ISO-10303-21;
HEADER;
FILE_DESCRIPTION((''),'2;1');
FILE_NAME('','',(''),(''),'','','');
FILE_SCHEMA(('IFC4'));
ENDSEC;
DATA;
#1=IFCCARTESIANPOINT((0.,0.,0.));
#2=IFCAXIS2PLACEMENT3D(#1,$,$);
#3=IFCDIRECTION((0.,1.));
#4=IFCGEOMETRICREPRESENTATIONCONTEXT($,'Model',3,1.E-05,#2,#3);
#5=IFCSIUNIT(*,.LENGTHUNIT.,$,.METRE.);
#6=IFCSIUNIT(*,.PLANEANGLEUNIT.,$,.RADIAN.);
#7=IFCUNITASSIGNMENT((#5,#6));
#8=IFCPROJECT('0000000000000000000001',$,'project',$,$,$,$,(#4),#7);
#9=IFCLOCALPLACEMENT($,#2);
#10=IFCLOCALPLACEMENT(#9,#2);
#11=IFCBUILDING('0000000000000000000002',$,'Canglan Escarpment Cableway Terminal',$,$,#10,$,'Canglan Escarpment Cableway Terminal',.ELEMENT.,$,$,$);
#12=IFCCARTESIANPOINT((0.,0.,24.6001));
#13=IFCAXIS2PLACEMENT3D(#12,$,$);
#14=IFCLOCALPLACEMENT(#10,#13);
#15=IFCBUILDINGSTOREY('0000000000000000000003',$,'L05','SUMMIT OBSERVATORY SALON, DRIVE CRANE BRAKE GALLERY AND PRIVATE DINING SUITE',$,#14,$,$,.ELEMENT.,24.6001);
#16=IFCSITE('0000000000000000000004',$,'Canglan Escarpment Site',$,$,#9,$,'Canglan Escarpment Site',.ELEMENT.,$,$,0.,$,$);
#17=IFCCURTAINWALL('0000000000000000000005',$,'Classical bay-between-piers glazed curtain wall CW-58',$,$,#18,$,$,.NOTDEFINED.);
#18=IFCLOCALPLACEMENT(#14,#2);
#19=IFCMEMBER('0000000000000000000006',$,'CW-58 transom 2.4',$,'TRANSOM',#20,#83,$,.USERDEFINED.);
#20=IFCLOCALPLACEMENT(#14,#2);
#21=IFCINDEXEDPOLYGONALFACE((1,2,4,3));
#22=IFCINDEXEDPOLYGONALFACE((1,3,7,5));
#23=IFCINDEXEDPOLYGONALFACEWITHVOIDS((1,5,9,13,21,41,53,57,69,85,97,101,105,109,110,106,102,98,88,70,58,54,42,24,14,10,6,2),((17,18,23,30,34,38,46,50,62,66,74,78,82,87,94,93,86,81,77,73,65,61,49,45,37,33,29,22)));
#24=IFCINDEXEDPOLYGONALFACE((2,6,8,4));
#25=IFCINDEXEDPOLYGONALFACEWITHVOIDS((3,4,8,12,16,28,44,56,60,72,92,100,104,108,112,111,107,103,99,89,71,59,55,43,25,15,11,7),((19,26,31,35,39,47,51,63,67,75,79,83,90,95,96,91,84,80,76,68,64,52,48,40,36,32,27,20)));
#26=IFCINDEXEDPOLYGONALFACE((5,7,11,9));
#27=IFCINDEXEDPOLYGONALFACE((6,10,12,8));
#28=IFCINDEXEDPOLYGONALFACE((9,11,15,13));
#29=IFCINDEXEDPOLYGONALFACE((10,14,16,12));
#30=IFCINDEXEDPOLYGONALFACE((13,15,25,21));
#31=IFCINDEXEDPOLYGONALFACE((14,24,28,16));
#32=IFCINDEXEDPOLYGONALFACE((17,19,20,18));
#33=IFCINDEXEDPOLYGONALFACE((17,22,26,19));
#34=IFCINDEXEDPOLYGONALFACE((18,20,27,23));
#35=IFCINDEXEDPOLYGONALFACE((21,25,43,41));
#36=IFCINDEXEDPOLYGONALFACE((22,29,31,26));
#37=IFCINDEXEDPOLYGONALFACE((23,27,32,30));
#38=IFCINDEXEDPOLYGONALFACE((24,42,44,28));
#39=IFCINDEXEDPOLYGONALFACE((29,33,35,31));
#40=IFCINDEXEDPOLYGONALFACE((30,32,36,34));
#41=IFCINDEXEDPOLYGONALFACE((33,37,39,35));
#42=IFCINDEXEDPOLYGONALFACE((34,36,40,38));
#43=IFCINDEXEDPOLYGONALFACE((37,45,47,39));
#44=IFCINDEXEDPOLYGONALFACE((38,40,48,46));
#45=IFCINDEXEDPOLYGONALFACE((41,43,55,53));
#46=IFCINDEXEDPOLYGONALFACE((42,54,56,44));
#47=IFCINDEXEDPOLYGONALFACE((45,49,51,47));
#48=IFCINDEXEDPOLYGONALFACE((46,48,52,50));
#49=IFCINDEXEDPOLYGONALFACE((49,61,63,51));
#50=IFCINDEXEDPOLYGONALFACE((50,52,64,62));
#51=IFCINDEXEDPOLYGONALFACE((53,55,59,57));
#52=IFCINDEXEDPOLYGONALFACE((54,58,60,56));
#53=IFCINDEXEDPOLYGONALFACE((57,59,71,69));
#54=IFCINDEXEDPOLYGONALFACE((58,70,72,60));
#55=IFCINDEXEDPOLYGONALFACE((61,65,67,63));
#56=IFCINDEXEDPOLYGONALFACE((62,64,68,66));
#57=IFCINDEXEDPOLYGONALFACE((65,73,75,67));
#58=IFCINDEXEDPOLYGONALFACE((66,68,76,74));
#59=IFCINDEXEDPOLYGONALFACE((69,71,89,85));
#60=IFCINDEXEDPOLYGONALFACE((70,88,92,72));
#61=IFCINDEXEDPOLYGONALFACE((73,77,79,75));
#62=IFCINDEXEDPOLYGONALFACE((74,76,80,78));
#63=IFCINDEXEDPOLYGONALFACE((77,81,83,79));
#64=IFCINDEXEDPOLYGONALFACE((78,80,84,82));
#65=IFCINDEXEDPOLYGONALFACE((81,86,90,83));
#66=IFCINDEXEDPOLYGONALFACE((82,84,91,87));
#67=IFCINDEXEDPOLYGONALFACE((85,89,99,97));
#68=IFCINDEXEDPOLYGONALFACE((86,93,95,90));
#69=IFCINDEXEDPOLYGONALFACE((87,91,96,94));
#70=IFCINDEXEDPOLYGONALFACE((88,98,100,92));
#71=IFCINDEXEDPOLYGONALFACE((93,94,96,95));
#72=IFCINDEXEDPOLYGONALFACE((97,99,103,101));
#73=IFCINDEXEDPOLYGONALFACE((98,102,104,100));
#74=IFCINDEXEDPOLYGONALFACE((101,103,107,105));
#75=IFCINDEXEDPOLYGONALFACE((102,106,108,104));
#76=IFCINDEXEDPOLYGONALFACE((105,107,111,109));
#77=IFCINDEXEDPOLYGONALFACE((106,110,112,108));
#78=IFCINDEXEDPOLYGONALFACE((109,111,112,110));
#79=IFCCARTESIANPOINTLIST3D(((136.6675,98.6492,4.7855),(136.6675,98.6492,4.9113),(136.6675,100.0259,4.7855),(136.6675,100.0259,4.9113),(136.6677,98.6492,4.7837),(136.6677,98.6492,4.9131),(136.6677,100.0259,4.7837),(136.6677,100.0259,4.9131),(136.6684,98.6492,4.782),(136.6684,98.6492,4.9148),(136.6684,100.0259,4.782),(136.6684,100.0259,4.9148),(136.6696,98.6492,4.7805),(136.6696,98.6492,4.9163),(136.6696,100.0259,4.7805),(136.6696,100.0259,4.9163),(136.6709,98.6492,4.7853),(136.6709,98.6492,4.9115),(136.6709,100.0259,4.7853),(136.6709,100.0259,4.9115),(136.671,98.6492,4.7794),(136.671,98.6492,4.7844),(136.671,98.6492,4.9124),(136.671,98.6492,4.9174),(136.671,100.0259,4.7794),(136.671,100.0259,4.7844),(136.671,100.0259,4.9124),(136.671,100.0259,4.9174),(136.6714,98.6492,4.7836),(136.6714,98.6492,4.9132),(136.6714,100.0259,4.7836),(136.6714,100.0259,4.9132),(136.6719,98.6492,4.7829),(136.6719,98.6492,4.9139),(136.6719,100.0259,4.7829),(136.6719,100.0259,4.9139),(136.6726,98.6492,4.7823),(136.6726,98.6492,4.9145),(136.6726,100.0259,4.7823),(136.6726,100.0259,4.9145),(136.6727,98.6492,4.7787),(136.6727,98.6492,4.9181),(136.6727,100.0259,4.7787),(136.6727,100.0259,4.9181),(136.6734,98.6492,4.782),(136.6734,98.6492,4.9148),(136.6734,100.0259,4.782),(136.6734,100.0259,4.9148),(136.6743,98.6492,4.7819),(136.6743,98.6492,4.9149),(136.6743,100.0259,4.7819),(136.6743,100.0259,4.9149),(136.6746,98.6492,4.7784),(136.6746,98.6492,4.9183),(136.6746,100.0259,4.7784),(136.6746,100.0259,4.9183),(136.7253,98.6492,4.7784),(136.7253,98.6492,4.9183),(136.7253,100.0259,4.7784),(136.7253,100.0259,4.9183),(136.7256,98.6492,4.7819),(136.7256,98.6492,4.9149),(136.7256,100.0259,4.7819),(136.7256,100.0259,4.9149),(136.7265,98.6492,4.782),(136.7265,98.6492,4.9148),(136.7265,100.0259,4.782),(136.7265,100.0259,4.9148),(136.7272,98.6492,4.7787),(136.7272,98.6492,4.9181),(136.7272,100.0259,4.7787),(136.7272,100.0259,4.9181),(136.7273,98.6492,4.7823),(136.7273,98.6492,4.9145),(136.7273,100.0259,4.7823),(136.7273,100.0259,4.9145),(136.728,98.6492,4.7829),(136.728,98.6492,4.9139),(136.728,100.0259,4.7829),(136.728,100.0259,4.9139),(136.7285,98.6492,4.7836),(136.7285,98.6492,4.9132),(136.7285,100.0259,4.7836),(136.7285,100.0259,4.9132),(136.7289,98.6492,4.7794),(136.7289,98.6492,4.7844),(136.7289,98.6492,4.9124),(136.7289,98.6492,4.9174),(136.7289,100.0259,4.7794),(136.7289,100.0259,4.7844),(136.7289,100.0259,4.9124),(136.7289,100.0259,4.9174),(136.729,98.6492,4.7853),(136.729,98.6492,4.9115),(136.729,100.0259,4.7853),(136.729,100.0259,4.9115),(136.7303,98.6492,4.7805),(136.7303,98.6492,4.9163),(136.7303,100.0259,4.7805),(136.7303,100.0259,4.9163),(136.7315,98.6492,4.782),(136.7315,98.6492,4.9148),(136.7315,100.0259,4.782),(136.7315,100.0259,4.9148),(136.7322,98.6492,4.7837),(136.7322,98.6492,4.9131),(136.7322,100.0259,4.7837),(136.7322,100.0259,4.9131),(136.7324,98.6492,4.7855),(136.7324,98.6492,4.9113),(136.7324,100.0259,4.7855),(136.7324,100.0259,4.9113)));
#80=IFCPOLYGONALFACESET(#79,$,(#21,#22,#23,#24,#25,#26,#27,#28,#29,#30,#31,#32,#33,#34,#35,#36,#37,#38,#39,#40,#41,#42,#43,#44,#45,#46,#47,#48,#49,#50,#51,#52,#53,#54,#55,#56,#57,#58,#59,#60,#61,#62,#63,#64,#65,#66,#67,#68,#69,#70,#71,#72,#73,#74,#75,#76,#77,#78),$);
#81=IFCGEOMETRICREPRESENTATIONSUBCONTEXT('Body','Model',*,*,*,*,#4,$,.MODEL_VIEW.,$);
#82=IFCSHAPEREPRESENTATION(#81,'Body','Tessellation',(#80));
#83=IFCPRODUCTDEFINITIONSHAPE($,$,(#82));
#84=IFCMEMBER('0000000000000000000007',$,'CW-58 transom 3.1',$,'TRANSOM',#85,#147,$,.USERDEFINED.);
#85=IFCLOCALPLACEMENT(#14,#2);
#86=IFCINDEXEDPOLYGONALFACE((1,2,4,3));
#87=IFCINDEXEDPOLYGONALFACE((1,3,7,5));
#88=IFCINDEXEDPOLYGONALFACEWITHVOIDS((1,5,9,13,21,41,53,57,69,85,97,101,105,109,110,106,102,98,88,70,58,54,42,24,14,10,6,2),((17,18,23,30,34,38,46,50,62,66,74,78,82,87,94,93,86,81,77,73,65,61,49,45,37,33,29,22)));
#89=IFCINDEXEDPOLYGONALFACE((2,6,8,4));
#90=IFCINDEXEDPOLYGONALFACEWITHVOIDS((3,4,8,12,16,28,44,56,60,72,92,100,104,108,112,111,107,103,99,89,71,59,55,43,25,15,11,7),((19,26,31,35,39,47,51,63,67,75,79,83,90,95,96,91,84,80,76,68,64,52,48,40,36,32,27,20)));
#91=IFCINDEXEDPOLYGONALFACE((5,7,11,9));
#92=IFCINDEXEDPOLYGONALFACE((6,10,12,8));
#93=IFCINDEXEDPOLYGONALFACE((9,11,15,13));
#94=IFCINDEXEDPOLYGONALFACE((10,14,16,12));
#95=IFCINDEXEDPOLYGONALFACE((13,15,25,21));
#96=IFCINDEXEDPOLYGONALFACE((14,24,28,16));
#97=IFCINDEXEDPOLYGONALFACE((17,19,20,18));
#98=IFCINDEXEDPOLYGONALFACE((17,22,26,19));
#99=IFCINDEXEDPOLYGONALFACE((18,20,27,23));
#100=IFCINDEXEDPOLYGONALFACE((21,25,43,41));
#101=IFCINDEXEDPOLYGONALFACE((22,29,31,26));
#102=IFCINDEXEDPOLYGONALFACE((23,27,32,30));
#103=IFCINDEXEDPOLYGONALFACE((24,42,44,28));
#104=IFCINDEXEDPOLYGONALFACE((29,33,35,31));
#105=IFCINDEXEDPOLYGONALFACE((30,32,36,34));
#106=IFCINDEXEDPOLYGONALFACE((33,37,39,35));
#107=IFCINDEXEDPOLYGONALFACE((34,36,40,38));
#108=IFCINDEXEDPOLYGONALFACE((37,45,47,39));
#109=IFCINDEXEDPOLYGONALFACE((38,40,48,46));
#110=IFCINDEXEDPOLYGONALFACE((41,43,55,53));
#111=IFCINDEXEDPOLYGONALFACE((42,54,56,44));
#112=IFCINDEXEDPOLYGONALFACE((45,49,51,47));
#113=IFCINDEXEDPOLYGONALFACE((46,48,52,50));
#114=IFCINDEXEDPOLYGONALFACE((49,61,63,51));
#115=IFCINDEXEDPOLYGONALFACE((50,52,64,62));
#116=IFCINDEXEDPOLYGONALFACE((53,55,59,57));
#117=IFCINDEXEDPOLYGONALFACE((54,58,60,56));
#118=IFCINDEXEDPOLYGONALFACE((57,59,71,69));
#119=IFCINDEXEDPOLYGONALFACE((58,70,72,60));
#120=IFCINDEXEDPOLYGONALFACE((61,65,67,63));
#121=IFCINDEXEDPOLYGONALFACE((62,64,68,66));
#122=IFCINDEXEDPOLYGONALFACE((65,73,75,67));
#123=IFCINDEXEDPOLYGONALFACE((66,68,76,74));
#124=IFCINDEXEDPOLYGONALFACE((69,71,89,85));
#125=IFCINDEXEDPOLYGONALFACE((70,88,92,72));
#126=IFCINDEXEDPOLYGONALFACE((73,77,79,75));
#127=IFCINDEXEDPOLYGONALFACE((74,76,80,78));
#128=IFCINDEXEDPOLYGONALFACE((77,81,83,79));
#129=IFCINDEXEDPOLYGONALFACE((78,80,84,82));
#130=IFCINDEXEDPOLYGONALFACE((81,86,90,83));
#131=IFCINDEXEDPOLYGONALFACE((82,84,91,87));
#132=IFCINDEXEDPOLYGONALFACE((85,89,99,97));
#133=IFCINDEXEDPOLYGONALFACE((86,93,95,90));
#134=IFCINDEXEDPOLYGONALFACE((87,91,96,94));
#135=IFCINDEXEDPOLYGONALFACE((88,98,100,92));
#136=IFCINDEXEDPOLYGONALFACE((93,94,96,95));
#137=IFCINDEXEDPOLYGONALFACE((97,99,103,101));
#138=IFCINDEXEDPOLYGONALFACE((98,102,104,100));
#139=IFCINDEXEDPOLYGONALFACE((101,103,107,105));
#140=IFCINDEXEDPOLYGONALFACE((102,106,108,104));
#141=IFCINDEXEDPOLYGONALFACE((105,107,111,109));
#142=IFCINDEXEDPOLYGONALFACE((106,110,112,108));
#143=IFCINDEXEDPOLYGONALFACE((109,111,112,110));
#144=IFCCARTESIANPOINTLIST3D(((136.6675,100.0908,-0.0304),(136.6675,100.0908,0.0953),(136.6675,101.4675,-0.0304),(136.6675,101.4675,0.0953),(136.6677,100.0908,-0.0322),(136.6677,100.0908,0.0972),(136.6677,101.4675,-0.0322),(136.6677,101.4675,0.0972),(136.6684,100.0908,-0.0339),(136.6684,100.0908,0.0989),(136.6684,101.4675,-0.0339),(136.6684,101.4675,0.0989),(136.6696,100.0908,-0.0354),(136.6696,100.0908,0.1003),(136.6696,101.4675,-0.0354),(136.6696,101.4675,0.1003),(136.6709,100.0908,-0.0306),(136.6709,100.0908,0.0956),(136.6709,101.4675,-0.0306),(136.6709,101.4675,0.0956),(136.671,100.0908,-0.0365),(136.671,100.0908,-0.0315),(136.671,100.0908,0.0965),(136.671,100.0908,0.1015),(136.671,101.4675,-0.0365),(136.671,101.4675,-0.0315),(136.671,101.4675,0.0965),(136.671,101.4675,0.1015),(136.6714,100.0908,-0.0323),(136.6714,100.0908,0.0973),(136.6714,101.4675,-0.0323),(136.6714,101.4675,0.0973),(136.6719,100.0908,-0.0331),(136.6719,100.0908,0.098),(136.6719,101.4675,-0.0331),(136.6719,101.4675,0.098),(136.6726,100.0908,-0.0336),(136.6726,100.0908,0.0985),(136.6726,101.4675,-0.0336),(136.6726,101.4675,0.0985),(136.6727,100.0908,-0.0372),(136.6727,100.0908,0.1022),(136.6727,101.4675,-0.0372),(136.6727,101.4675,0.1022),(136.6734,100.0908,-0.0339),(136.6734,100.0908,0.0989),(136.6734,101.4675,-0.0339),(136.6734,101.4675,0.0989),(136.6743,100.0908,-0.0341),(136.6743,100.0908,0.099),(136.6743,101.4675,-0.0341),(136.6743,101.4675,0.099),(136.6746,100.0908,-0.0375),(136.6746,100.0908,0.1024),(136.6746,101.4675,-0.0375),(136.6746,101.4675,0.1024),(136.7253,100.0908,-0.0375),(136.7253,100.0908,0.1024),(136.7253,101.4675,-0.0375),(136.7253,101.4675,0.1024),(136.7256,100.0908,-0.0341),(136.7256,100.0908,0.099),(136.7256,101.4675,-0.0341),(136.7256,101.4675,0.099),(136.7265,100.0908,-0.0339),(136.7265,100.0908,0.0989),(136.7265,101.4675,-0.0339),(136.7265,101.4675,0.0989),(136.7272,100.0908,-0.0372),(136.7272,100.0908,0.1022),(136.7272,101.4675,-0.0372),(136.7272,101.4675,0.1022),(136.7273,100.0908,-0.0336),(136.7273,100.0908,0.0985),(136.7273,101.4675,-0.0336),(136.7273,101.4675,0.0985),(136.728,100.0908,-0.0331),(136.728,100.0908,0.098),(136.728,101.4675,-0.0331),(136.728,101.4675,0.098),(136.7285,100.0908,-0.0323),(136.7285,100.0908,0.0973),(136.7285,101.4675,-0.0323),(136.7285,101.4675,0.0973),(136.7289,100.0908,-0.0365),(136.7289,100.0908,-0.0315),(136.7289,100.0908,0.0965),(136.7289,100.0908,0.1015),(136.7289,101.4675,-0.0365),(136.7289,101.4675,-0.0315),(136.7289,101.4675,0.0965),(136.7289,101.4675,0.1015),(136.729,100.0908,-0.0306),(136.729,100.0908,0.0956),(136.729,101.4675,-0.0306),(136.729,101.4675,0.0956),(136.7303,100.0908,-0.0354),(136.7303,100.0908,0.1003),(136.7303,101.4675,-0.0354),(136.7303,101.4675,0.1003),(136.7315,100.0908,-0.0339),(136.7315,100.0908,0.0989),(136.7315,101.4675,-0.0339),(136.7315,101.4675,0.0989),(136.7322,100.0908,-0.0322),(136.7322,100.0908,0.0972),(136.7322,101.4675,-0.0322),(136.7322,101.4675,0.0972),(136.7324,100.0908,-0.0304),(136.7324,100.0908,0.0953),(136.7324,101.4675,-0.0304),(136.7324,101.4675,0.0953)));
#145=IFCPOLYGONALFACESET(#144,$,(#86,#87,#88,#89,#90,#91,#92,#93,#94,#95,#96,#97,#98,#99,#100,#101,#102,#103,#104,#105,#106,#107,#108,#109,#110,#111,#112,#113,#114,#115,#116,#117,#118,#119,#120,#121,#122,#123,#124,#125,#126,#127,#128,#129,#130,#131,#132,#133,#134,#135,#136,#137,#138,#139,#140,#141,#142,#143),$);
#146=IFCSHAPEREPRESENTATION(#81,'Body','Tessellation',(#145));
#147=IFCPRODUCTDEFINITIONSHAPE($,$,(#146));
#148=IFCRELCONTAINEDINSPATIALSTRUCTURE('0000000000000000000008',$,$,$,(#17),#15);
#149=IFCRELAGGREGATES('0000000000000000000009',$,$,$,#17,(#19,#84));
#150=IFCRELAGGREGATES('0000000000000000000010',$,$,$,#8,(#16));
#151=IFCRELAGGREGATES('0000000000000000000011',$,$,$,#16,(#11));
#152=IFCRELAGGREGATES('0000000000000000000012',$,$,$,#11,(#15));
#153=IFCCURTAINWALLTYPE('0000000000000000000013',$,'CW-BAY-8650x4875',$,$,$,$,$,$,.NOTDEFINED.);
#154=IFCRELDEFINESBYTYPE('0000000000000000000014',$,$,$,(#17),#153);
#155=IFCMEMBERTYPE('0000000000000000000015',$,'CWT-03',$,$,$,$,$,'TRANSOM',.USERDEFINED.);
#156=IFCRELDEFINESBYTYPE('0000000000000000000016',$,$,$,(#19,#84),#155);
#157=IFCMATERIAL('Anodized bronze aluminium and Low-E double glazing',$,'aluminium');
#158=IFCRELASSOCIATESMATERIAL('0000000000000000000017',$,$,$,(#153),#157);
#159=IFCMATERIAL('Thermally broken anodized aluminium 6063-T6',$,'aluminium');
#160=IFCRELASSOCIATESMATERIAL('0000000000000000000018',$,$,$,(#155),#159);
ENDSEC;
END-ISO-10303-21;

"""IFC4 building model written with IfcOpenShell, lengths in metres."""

from ifc_helpers import new_model, si_unit, direction, frame, origin, origin_2d, place, context, subcontext, project, spatial, hollow_rectangle, extrude, material, material_profile, profile_set, type_object, element, aggregate, save


model = new_model("IFC4")

# Units and contexts
model_context = context("Model", 3, precision=1e-05, world=origin(), true_north=direction((0.0, 1.0)))
body_context = subcontext(model_context, "Body", "Model", "MODEL_VIEW")
ifc_project = project(units=[si_unit("LENGTHUNIT", "METRE"), si_unit("PLANEANGLEUNIT", "RADIAN")], contexts=[model_context])

# Site, building, storey
site_placement = place(None, origin())
site = spatial("IfcSite", under=ifc_project, at=site_placement, Name="Canglan Escarpment Site", LongName="Canglan Escarpment Site", CompositionType="ELEMENT", RefElevation=0.0)
building_placement = place(site_placement, origin())
building = spatial("IfcBuilding", under=site, at=building_placement, Name="Canglan Escarpment Cableway Terminal", LongName="Canglan Escarpment Cableway Terminal", CompositionType="ELEMENT")
storey_placement = place(building_placement, frame((0.0, 0.0, 24.6001)))
storey = spatial("IfcBuildingStorey", under=building, at=storey_placement, Name="L05", Description="SUMMIT OBSERVATORY SALON, DRIVE CRANE BRAKE GALLERY AND PRIVATE DINING SUITE", CompositionType="ELEMENT", Elevation=24.6001)

# Curtain wall, members
ifc_material_1 = material(Name="Anodized bronze aluminium and Low-E double glazing", Category="aluminium")
curtain_wall_type = type_object("IfcCurtainWallType", Name="CW-BAY-8650x4875", PredefinedType="NOTDEFINED", material=ifc_material_1)
curtain_wall_placement = place(storey_placement, origin())
curtain_wall = element("IfcCurtainWall", 1, at=curtain_wall_placement, inside=storey, type_object=curtain_wall_type, Name="Classical bay-between-piers glazed curtain wall CW-58", PredefinedType="NOTDEFINED")
ifc_material_2 = material(Name="Thermally broken anodized aluminium 6063-T6", Category="aluminium")
ifc_material_profile_1 = material_profile(ifc_material_2, hollow_rectangle(XDim=0.0649, YDim=0.1399, WallThickness=0.0034, InnerFilletRadius=0.0034, OuterFilletRadius=0.0071, at=origin_2d()), Name="ALU-TRAN 65x140x3.5")
ifc_profile_set_1 = profile_set([ifc_material_profile_1], Name="Thermally broken anodized aluminium 6063-T6")
member_type_1 = type_object("IfcMemberType", Name="CWT-03", ElementType="TRANSOM", PredefinedType="USERDEFINED", material=ifc_profile_set_1)
member_1_placement = place(storey_placement, frame((136.7, 98.6492, 4.8484), z_axis=(0.0, 1.0, 0.0), x_axis=(-1.0, 0.0, 0.0)))
member_1 = element("IfcMember", 2, at=member_1_placement, type_object=member_type_1, Name="CW-58 transom 2.4", ObjectType="TRANSOM", PredefinedType="USERDEFINED", context=body_context, shape_type="SweptSolid", body=[
    extrude(hollow_rectangle(XDim=0.0649, YDim=0.1399, WallThickness=0.0034, InnerFilletRadius=0.0034, OuterFilletRadius=0.0071, at=origin_2d()), origin(), (0.0, 0.0, 1.0), 1.3767),
])
member_2_placement = place(storey_placement, frame((136.7, 100.0908, 0.0325), z_axis=(0.0, 1.0, 0.0), x_axis=(-1.0, 0.0, 0.0)))
member_2 = element("IfcMember", 3, at=member_2_placement, type_object=member_type_1, Name="CW-58 transom 3.1", ObjectType="TRANSOM", PredefinedType="USERDEFINED", context=body_context, shape_type="SweptSolid", body=[
    extrude(hollow_rectangle(XDim=0.0649, YDim=0.1399, WallThickness=0.0034, InnerFilletRadius=0.0034, OuterFilletRadius=0.0071, at=origin_2d()), origin(), (0.0, 0.0, 1.0), 1.3767),
])
aggregate(curtain_wall, [member_1, member_2])

save(model, "model.ifc")
